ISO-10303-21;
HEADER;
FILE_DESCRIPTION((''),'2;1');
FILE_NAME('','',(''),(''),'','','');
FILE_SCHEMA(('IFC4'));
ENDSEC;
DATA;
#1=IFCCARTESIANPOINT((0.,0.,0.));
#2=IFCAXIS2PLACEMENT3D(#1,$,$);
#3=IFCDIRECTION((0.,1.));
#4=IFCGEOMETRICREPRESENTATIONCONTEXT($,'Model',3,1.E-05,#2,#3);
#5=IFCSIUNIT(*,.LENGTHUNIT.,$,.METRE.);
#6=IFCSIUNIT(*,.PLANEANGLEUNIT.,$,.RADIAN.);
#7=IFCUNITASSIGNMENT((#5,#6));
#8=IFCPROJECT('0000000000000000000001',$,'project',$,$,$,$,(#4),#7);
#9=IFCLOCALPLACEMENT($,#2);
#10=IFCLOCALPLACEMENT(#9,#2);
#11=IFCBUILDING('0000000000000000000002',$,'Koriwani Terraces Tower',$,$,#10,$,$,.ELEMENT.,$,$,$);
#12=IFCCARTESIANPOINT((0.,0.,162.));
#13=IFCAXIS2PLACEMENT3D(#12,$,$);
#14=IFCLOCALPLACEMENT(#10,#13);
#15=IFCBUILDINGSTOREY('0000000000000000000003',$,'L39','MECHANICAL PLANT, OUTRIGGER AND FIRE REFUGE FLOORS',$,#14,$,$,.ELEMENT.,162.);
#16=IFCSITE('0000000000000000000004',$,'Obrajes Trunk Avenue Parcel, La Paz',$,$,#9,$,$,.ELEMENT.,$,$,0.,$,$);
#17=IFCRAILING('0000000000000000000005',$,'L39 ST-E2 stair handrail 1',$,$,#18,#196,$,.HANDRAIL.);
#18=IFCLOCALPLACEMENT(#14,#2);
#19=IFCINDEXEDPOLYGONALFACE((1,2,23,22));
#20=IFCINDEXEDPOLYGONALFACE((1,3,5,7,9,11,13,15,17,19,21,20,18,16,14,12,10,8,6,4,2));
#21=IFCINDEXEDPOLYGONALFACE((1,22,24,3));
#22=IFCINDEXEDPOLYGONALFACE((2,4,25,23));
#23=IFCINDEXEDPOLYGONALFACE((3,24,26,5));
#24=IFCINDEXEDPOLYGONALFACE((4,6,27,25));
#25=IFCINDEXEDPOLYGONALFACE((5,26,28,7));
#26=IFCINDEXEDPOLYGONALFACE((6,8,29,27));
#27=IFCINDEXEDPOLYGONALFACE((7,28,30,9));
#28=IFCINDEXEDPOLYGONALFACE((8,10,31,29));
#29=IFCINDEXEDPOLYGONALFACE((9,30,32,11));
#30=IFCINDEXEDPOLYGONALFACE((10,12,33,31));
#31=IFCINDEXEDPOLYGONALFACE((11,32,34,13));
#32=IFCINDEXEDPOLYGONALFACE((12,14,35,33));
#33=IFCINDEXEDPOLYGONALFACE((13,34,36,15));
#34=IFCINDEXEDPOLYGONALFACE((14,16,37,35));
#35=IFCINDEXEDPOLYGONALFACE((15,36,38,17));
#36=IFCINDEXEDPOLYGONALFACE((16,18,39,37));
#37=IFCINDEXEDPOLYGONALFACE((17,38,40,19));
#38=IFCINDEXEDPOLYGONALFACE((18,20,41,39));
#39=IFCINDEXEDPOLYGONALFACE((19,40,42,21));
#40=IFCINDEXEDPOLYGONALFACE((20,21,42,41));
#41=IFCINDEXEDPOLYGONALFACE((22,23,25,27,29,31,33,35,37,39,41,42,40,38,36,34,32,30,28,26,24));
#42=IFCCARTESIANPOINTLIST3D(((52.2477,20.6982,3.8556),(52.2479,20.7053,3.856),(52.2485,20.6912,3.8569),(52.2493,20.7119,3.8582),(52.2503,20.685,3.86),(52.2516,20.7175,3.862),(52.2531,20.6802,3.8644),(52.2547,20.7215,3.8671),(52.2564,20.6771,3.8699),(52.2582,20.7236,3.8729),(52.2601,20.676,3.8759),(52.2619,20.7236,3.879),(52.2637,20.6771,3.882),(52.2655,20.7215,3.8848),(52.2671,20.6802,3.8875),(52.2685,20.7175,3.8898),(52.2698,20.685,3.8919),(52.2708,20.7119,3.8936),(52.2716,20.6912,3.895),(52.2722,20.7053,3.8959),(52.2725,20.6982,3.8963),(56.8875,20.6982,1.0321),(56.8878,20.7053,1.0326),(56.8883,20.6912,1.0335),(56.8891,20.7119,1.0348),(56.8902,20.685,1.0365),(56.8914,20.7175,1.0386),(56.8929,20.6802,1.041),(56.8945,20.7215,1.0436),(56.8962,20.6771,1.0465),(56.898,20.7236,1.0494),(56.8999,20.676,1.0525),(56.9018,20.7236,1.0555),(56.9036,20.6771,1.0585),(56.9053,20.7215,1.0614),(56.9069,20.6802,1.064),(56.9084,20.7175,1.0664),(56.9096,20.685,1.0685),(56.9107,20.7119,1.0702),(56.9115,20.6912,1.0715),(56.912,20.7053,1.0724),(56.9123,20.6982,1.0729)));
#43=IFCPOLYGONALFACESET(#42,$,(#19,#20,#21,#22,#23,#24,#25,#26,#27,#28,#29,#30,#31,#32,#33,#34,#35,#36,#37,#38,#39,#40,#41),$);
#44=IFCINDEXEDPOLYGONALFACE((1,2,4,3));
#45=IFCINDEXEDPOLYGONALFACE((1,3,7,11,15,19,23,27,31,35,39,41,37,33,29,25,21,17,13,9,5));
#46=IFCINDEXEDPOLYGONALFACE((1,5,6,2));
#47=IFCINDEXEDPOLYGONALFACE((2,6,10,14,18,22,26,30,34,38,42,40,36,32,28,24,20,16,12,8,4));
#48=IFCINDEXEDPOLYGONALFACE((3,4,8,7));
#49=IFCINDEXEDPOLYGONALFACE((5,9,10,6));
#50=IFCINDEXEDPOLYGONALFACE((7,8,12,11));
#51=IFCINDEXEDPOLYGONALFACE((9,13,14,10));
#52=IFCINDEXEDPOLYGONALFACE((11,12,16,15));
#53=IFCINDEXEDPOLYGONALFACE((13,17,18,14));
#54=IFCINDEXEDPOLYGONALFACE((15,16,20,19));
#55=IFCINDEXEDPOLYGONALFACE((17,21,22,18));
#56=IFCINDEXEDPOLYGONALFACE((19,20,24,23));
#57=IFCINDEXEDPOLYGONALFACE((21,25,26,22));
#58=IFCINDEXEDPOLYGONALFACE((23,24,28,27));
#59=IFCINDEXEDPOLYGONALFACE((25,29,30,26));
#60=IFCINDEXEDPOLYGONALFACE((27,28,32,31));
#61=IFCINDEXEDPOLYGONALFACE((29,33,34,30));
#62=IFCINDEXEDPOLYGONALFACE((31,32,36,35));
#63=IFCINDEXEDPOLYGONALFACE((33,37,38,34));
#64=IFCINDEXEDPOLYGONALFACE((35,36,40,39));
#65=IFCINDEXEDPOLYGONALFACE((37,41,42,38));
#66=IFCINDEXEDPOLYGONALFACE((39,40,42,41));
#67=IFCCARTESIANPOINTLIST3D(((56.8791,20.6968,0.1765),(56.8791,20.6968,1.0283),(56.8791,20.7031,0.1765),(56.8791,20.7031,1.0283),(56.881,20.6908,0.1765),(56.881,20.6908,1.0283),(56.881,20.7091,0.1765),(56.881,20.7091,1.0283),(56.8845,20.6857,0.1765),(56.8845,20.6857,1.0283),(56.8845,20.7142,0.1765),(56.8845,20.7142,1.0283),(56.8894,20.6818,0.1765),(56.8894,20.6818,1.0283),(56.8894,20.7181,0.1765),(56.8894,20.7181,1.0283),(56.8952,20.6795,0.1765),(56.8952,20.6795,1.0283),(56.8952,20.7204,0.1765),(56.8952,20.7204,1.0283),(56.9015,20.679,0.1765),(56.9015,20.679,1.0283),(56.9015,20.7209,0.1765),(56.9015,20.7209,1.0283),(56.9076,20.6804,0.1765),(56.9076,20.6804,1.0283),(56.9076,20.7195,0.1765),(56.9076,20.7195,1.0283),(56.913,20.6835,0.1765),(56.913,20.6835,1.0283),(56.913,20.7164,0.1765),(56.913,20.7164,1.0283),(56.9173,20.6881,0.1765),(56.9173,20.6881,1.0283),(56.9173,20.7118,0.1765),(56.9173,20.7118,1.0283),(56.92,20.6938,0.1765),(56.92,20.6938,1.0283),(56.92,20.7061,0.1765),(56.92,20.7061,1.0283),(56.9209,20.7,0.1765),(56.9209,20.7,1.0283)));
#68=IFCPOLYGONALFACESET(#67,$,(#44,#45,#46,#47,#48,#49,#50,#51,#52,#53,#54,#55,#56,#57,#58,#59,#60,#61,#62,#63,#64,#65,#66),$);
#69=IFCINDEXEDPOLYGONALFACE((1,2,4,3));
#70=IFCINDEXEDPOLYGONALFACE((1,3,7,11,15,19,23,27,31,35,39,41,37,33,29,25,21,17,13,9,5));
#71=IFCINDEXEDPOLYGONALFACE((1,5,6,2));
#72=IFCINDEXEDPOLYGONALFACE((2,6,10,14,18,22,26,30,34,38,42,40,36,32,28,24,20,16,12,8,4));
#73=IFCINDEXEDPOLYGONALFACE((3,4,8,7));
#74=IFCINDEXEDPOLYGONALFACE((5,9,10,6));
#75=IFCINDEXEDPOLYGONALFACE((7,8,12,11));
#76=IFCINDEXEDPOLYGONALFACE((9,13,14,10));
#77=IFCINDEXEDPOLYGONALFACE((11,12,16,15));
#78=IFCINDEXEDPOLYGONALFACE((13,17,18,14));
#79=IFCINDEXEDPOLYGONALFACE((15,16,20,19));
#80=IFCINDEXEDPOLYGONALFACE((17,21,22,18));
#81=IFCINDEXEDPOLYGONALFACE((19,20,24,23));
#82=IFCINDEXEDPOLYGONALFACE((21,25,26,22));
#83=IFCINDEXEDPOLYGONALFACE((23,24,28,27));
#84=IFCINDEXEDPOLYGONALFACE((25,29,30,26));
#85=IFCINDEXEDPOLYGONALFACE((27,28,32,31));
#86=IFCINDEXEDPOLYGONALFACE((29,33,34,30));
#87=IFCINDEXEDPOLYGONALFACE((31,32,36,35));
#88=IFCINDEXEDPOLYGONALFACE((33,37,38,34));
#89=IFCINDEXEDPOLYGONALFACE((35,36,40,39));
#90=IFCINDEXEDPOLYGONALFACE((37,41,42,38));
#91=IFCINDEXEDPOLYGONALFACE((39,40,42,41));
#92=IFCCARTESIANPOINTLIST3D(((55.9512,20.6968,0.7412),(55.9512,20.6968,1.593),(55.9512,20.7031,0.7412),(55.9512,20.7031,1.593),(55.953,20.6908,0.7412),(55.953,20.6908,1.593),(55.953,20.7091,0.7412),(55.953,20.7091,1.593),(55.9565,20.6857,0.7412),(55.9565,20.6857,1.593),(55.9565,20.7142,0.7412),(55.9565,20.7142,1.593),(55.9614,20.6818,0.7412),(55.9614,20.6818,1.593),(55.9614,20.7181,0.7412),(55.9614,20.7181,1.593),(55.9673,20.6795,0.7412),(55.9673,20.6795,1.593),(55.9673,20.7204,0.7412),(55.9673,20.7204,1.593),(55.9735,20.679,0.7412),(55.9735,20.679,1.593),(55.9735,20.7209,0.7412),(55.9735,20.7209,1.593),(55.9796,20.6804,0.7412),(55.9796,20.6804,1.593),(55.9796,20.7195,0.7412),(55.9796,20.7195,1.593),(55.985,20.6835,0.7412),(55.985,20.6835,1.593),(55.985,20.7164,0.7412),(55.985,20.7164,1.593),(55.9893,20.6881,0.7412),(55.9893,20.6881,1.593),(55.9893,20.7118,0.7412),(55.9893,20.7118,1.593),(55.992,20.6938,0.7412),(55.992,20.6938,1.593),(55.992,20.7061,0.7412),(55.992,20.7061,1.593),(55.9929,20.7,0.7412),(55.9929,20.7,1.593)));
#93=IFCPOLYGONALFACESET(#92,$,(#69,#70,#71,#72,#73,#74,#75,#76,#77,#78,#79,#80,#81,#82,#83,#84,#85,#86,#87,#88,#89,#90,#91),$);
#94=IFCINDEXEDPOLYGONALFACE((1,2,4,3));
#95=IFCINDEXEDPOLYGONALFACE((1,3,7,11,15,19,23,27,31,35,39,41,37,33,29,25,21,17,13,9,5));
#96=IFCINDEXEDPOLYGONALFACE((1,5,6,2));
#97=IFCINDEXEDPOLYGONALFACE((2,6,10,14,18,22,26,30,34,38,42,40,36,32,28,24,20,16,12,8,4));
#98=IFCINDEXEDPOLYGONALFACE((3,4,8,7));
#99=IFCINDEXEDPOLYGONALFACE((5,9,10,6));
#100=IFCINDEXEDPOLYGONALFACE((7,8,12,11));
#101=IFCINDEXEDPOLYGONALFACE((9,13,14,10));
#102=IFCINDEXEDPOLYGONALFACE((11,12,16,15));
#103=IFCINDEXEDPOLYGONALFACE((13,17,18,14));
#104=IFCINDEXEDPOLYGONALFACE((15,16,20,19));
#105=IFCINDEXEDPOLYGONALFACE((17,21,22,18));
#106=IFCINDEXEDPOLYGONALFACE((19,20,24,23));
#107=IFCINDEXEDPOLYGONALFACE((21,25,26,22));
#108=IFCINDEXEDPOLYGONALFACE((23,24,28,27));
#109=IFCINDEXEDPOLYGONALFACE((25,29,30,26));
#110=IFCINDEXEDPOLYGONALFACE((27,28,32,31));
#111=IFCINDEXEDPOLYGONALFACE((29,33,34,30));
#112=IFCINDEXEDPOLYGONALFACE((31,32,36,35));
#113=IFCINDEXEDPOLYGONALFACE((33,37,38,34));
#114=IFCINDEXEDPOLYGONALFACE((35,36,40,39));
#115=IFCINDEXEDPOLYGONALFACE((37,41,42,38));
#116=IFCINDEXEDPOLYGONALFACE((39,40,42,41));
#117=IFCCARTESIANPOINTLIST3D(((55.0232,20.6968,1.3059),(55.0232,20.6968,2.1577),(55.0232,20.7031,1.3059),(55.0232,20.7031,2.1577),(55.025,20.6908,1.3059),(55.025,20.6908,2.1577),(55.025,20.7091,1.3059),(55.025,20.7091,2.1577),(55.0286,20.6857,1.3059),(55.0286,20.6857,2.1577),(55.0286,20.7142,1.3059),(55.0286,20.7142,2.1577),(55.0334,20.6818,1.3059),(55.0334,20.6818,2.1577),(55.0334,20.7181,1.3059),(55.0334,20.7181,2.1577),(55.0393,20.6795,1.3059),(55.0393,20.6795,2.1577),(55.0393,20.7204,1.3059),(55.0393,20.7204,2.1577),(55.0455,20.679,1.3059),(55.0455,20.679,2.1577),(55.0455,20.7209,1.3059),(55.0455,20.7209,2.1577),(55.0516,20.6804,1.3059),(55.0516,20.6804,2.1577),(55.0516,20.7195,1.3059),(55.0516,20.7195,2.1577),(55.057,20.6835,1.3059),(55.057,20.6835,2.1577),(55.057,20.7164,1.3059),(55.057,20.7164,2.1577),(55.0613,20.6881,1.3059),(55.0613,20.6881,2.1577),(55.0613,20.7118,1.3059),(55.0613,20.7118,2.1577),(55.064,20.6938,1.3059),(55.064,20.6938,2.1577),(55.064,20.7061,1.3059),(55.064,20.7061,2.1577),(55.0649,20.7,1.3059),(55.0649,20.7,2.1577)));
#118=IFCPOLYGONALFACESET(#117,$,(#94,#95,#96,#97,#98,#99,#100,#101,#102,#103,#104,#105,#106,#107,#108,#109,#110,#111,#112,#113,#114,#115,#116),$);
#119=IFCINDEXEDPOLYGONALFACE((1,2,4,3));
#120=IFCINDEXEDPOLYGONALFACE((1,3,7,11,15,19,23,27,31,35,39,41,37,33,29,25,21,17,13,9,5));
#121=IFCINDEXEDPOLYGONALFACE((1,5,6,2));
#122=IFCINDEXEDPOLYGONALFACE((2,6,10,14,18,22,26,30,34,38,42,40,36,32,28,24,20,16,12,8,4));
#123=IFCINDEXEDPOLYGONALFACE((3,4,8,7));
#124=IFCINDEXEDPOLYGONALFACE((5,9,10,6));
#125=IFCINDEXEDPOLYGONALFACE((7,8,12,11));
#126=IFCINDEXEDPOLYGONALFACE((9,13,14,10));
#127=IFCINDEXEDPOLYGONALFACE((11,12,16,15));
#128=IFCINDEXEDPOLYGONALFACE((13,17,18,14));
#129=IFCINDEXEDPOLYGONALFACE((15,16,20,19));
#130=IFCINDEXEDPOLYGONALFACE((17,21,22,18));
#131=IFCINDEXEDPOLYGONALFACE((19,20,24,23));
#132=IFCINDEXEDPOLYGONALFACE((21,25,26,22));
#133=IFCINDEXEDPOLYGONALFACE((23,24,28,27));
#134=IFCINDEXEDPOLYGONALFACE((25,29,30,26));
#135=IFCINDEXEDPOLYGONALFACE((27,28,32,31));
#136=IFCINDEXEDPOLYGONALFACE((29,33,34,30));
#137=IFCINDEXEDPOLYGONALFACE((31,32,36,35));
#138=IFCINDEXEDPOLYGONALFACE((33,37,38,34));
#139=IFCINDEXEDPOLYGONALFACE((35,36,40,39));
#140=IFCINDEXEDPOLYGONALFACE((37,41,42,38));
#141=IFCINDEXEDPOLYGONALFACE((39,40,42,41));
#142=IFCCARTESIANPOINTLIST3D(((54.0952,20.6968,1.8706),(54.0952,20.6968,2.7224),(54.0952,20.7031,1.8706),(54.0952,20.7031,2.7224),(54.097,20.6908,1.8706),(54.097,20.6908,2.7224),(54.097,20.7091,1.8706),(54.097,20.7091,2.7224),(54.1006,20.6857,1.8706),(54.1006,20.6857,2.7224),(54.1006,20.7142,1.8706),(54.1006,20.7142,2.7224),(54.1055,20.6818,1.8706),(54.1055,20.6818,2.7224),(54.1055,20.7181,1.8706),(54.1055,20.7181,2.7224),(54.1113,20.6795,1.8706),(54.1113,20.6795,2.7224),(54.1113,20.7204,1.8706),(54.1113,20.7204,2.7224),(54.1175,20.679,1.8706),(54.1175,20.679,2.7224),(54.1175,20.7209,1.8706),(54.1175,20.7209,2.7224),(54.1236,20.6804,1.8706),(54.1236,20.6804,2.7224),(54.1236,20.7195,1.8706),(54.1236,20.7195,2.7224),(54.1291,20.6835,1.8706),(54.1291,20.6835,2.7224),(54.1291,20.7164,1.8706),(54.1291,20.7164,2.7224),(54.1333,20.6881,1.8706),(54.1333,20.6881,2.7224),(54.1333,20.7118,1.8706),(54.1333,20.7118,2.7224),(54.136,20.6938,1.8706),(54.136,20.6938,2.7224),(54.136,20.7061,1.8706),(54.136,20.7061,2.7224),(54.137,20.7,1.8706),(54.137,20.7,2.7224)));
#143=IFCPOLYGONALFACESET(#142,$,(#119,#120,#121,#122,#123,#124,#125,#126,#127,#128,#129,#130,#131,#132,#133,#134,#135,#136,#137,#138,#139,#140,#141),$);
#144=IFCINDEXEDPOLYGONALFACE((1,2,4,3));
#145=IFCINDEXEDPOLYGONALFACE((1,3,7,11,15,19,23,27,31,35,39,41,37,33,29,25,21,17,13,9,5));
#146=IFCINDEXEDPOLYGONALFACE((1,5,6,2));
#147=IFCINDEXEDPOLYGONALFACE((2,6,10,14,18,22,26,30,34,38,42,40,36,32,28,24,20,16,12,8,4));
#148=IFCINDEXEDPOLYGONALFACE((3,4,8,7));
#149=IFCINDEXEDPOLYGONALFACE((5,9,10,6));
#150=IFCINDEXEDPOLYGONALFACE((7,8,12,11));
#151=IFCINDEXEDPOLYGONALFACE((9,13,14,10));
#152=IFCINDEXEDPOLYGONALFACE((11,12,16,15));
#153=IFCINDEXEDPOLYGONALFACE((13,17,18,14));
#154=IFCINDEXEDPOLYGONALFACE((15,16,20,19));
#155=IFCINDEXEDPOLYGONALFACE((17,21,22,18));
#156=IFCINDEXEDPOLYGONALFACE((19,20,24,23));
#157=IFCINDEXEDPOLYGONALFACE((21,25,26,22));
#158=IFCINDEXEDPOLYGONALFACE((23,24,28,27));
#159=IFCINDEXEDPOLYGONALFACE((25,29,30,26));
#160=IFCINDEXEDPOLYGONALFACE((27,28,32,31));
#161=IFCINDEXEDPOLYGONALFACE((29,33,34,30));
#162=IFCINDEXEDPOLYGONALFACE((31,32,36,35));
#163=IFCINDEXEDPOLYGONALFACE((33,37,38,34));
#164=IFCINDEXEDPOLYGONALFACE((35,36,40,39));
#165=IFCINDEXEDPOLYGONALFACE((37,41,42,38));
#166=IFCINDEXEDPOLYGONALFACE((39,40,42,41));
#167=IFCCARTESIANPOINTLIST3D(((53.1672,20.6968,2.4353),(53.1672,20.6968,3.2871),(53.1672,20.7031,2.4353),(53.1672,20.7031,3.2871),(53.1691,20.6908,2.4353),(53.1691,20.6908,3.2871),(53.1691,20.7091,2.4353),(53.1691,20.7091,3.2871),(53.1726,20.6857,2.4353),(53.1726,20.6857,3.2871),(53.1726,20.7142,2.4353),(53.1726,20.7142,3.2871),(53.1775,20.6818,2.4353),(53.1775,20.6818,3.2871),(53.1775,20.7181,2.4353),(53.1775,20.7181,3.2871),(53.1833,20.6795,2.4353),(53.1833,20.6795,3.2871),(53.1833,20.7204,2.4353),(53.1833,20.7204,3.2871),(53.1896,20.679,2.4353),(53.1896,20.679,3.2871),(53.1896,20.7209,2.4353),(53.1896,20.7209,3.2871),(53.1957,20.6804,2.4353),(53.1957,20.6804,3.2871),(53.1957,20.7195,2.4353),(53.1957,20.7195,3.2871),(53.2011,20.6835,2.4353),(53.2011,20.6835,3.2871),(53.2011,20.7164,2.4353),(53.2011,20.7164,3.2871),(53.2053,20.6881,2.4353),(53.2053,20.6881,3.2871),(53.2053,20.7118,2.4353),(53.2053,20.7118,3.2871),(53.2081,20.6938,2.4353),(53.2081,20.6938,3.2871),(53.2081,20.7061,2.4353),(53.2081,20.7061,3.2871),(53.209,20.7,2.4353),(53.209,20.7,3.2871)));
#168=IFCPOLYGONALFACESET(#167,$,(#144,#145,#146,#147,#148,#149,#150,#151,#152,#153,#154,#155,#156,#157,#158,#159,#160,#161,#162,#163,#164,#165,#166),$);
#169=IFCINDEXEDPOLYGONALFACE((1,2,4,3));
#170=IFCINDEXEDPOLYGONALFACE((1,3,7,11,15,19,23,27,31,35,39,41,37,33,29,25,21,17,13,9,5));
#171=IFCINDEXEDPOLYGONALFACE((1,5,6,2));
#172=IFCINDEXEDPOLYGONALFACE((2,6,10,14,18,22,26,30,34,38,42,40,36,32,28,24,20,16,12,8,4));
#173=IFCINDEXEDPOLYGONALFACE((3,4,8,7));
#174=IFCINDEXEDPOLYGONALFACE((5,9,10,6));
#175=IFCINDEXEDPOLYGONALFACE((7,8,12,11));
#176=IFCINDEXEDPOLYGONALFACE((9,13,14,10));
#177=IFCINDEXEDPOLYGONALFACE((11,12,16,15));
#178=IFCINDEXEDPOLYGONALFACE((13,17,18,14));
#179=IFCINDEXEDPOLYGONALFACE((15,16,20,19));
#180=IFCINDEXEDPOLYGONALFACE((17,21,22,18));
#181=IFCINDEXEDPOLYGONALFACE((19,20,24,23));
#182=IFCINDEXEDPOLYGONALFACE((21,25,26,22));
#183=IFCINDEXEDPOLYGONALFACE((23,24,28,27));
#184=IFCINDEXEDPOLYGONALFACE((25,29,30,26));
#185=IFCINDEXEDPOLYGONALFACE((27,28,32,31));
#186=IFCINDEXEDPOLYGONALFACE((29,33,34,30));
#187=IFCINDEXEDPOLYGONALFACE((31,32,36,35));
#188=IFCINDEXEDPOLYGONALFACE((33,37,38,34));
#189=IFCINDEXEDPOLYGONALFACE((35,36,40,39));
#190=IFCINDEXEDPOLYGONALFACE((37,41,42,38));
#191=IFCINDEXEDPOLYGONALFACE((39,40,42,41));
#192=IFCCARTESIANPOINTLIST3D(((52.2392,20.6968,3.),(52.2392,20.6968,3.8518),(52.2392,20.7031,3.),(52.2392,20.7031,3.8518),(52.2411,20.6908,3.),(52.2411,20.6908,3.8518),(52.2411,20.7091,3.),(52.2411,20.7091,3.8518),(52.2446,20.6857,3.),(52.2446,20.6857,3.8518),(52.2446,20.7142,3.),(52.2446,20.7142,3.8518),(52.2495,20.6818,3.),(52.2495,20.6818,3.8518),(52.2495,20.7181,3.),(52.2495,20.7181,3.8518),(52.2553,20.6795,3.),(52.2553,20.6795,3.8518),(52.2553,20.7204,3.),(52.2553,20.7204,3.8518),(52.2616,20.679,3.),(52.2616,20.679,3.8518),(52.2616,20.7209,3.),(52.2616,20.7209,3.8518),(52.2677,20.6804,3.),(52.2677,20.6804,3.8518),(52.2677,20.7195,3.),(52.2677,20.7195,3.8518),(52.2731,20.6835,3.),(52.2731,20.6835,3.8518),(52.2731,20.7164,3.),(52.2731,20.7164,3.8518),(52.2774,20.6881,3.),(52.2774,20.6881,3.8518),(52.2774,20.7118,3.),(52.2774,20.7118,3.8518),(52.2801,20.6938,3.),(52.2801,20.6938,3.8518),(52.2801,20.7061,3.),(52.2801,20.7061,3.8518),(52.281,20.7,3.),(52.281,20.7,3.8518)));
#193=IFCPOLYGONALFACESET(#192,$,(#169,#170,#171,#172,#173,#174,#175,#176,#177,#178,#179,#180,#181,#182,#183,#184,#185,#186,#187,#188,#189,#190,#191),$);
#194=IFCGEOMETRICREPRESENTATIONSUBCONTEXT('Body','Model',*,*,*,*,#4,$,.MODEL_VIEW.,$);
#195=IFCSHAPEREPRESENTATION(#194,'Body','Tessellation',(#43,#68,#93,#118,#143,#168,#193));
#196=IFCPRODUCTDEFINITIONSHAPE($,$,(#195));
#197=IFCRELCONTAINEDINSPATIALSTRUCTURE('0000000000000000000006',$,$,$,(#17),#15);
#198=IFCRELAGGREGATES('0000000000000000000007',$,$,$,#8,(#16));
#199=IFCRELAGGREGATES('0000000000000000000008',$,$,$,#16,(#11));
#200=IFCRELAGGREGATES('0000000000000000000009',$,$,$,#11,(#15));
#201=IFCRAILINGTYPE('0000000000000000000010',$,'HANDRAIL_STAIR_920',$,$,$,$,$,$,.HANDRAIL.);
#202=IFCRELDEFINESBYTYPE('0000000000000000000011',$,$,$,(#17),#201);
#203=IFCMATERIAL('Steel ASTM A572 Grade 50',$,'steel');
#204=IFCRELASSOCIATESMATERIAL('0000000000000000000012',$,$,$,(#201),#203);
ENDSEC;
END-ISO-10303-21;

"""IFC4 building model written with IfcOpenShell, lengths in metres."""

from ifc_helpers import new_model, si_unit, direction, frame, origin, origin_2d, place, context, subcontext, project, spatial, circle, extrude, material, type_object, element, save


model = new_model("IFC4")

# Units and contexts
model_context = context("Model", 3, precision=1e-05, world=origin(), true_north=direction((0.0, 1.0)))
body_context = subcontext(model_context, "Body", "Model", "MODEL_VIEW")
ifc_project = project(units=[si_unit("LENGTHUNIT", "METRE"), si_unit("PLANEANGLEUNIT", "RADIAN")], contexts=[model_context])

# Site, building, storey
site_placement = place(None, origin())
site = spatial("IfcSite", under=ifc_project, at=site_placement, Name="Obrajes Trunk Avenue Parcel, La Paz", CompositionType="ELEMENT", RefElevation=0.0)
building_placement = place(site_placement, origin())
building = spatial("IfcBuilding", under=site, at=building_placement, Name="Koriwani Terraces Tower", CompositionType="ELEMENT")
storey_placement = place(building_placement, frame((0.0, 0.0, 162.0)))
storey = spatial("IfcBuildingStorey", under=building, at=storey_placement, Name="L39", Description="MECHANICAL PLANT, OUTRIGGER AND FIRE REFUGE FLOORS", CompositionType="ELEMENT", Elevation=162.0)

# Shared definitions
ifc_material_1 = material(Name="Steel ASTM A572 Grade 50", Category="steel")

# Railing
railing_type_1 = type_object("IfcRailingType", Name="HANDRAIL_STAIR_920", PredefinedType="HANDRAIL", material=ifc_material_1)
railing_1_placement = place(storey_placement, frame((56.8999, 20.7, 0.1765)))
element("IfcRailing", 1, at=railing_1_placement, inside=storey, type_object=railing_type_1, Name="L39 ST-E2 stair handrail 1", PredefinedType="HANDRAIL", context=body_context, shape_type="SweptSolid", body=[
    extrude(circle(Radius=0.0239, at=origin_2d()), frame((0.0, 0.0, 0.876), z_axis=(-0.854264, 0.0, 0.51984), x_axis=(0.0, -1.0, 0.0)), (0.0, 0.0, 1.0), 5.4314),
    extrude(circle(Radius=0.021, at=origin_2d()), origin(), (0.0, 0.0, 1.0), 0.8518),
    extrude(circle(Radius=0.021, at=origin_2d()), frame((-0.928, 0.0, 0.5647)), (0.0, 0.0, 1.0), 0.8518),
    extrude(circle(Radius=0.021, at=origin_2d()), frame((-1.856, 0.0, 1.1294)), (0.0, 0.0, 1.0), 0.8518),
    extrude(circle(Radius=0.021, at=origin_2d()), frame((-2.7839, 0.0, 1.6941)), (0.0, 0.0, 1.0), 0.8518),
    extrude(circle(Radius=0.021, at=origin_2d()), frame((-3.7119, 0.0, 2.2588)), (0.0, 0.0, 1.0), 0.8518),
    extrude(circle(Radius=0.021, at=origin_2d()), frame((-4.6399, 0.0, 2.8235)), (0.0, 0.0, 1.0), 0.8518),
])

save(model, "model.ifc")
